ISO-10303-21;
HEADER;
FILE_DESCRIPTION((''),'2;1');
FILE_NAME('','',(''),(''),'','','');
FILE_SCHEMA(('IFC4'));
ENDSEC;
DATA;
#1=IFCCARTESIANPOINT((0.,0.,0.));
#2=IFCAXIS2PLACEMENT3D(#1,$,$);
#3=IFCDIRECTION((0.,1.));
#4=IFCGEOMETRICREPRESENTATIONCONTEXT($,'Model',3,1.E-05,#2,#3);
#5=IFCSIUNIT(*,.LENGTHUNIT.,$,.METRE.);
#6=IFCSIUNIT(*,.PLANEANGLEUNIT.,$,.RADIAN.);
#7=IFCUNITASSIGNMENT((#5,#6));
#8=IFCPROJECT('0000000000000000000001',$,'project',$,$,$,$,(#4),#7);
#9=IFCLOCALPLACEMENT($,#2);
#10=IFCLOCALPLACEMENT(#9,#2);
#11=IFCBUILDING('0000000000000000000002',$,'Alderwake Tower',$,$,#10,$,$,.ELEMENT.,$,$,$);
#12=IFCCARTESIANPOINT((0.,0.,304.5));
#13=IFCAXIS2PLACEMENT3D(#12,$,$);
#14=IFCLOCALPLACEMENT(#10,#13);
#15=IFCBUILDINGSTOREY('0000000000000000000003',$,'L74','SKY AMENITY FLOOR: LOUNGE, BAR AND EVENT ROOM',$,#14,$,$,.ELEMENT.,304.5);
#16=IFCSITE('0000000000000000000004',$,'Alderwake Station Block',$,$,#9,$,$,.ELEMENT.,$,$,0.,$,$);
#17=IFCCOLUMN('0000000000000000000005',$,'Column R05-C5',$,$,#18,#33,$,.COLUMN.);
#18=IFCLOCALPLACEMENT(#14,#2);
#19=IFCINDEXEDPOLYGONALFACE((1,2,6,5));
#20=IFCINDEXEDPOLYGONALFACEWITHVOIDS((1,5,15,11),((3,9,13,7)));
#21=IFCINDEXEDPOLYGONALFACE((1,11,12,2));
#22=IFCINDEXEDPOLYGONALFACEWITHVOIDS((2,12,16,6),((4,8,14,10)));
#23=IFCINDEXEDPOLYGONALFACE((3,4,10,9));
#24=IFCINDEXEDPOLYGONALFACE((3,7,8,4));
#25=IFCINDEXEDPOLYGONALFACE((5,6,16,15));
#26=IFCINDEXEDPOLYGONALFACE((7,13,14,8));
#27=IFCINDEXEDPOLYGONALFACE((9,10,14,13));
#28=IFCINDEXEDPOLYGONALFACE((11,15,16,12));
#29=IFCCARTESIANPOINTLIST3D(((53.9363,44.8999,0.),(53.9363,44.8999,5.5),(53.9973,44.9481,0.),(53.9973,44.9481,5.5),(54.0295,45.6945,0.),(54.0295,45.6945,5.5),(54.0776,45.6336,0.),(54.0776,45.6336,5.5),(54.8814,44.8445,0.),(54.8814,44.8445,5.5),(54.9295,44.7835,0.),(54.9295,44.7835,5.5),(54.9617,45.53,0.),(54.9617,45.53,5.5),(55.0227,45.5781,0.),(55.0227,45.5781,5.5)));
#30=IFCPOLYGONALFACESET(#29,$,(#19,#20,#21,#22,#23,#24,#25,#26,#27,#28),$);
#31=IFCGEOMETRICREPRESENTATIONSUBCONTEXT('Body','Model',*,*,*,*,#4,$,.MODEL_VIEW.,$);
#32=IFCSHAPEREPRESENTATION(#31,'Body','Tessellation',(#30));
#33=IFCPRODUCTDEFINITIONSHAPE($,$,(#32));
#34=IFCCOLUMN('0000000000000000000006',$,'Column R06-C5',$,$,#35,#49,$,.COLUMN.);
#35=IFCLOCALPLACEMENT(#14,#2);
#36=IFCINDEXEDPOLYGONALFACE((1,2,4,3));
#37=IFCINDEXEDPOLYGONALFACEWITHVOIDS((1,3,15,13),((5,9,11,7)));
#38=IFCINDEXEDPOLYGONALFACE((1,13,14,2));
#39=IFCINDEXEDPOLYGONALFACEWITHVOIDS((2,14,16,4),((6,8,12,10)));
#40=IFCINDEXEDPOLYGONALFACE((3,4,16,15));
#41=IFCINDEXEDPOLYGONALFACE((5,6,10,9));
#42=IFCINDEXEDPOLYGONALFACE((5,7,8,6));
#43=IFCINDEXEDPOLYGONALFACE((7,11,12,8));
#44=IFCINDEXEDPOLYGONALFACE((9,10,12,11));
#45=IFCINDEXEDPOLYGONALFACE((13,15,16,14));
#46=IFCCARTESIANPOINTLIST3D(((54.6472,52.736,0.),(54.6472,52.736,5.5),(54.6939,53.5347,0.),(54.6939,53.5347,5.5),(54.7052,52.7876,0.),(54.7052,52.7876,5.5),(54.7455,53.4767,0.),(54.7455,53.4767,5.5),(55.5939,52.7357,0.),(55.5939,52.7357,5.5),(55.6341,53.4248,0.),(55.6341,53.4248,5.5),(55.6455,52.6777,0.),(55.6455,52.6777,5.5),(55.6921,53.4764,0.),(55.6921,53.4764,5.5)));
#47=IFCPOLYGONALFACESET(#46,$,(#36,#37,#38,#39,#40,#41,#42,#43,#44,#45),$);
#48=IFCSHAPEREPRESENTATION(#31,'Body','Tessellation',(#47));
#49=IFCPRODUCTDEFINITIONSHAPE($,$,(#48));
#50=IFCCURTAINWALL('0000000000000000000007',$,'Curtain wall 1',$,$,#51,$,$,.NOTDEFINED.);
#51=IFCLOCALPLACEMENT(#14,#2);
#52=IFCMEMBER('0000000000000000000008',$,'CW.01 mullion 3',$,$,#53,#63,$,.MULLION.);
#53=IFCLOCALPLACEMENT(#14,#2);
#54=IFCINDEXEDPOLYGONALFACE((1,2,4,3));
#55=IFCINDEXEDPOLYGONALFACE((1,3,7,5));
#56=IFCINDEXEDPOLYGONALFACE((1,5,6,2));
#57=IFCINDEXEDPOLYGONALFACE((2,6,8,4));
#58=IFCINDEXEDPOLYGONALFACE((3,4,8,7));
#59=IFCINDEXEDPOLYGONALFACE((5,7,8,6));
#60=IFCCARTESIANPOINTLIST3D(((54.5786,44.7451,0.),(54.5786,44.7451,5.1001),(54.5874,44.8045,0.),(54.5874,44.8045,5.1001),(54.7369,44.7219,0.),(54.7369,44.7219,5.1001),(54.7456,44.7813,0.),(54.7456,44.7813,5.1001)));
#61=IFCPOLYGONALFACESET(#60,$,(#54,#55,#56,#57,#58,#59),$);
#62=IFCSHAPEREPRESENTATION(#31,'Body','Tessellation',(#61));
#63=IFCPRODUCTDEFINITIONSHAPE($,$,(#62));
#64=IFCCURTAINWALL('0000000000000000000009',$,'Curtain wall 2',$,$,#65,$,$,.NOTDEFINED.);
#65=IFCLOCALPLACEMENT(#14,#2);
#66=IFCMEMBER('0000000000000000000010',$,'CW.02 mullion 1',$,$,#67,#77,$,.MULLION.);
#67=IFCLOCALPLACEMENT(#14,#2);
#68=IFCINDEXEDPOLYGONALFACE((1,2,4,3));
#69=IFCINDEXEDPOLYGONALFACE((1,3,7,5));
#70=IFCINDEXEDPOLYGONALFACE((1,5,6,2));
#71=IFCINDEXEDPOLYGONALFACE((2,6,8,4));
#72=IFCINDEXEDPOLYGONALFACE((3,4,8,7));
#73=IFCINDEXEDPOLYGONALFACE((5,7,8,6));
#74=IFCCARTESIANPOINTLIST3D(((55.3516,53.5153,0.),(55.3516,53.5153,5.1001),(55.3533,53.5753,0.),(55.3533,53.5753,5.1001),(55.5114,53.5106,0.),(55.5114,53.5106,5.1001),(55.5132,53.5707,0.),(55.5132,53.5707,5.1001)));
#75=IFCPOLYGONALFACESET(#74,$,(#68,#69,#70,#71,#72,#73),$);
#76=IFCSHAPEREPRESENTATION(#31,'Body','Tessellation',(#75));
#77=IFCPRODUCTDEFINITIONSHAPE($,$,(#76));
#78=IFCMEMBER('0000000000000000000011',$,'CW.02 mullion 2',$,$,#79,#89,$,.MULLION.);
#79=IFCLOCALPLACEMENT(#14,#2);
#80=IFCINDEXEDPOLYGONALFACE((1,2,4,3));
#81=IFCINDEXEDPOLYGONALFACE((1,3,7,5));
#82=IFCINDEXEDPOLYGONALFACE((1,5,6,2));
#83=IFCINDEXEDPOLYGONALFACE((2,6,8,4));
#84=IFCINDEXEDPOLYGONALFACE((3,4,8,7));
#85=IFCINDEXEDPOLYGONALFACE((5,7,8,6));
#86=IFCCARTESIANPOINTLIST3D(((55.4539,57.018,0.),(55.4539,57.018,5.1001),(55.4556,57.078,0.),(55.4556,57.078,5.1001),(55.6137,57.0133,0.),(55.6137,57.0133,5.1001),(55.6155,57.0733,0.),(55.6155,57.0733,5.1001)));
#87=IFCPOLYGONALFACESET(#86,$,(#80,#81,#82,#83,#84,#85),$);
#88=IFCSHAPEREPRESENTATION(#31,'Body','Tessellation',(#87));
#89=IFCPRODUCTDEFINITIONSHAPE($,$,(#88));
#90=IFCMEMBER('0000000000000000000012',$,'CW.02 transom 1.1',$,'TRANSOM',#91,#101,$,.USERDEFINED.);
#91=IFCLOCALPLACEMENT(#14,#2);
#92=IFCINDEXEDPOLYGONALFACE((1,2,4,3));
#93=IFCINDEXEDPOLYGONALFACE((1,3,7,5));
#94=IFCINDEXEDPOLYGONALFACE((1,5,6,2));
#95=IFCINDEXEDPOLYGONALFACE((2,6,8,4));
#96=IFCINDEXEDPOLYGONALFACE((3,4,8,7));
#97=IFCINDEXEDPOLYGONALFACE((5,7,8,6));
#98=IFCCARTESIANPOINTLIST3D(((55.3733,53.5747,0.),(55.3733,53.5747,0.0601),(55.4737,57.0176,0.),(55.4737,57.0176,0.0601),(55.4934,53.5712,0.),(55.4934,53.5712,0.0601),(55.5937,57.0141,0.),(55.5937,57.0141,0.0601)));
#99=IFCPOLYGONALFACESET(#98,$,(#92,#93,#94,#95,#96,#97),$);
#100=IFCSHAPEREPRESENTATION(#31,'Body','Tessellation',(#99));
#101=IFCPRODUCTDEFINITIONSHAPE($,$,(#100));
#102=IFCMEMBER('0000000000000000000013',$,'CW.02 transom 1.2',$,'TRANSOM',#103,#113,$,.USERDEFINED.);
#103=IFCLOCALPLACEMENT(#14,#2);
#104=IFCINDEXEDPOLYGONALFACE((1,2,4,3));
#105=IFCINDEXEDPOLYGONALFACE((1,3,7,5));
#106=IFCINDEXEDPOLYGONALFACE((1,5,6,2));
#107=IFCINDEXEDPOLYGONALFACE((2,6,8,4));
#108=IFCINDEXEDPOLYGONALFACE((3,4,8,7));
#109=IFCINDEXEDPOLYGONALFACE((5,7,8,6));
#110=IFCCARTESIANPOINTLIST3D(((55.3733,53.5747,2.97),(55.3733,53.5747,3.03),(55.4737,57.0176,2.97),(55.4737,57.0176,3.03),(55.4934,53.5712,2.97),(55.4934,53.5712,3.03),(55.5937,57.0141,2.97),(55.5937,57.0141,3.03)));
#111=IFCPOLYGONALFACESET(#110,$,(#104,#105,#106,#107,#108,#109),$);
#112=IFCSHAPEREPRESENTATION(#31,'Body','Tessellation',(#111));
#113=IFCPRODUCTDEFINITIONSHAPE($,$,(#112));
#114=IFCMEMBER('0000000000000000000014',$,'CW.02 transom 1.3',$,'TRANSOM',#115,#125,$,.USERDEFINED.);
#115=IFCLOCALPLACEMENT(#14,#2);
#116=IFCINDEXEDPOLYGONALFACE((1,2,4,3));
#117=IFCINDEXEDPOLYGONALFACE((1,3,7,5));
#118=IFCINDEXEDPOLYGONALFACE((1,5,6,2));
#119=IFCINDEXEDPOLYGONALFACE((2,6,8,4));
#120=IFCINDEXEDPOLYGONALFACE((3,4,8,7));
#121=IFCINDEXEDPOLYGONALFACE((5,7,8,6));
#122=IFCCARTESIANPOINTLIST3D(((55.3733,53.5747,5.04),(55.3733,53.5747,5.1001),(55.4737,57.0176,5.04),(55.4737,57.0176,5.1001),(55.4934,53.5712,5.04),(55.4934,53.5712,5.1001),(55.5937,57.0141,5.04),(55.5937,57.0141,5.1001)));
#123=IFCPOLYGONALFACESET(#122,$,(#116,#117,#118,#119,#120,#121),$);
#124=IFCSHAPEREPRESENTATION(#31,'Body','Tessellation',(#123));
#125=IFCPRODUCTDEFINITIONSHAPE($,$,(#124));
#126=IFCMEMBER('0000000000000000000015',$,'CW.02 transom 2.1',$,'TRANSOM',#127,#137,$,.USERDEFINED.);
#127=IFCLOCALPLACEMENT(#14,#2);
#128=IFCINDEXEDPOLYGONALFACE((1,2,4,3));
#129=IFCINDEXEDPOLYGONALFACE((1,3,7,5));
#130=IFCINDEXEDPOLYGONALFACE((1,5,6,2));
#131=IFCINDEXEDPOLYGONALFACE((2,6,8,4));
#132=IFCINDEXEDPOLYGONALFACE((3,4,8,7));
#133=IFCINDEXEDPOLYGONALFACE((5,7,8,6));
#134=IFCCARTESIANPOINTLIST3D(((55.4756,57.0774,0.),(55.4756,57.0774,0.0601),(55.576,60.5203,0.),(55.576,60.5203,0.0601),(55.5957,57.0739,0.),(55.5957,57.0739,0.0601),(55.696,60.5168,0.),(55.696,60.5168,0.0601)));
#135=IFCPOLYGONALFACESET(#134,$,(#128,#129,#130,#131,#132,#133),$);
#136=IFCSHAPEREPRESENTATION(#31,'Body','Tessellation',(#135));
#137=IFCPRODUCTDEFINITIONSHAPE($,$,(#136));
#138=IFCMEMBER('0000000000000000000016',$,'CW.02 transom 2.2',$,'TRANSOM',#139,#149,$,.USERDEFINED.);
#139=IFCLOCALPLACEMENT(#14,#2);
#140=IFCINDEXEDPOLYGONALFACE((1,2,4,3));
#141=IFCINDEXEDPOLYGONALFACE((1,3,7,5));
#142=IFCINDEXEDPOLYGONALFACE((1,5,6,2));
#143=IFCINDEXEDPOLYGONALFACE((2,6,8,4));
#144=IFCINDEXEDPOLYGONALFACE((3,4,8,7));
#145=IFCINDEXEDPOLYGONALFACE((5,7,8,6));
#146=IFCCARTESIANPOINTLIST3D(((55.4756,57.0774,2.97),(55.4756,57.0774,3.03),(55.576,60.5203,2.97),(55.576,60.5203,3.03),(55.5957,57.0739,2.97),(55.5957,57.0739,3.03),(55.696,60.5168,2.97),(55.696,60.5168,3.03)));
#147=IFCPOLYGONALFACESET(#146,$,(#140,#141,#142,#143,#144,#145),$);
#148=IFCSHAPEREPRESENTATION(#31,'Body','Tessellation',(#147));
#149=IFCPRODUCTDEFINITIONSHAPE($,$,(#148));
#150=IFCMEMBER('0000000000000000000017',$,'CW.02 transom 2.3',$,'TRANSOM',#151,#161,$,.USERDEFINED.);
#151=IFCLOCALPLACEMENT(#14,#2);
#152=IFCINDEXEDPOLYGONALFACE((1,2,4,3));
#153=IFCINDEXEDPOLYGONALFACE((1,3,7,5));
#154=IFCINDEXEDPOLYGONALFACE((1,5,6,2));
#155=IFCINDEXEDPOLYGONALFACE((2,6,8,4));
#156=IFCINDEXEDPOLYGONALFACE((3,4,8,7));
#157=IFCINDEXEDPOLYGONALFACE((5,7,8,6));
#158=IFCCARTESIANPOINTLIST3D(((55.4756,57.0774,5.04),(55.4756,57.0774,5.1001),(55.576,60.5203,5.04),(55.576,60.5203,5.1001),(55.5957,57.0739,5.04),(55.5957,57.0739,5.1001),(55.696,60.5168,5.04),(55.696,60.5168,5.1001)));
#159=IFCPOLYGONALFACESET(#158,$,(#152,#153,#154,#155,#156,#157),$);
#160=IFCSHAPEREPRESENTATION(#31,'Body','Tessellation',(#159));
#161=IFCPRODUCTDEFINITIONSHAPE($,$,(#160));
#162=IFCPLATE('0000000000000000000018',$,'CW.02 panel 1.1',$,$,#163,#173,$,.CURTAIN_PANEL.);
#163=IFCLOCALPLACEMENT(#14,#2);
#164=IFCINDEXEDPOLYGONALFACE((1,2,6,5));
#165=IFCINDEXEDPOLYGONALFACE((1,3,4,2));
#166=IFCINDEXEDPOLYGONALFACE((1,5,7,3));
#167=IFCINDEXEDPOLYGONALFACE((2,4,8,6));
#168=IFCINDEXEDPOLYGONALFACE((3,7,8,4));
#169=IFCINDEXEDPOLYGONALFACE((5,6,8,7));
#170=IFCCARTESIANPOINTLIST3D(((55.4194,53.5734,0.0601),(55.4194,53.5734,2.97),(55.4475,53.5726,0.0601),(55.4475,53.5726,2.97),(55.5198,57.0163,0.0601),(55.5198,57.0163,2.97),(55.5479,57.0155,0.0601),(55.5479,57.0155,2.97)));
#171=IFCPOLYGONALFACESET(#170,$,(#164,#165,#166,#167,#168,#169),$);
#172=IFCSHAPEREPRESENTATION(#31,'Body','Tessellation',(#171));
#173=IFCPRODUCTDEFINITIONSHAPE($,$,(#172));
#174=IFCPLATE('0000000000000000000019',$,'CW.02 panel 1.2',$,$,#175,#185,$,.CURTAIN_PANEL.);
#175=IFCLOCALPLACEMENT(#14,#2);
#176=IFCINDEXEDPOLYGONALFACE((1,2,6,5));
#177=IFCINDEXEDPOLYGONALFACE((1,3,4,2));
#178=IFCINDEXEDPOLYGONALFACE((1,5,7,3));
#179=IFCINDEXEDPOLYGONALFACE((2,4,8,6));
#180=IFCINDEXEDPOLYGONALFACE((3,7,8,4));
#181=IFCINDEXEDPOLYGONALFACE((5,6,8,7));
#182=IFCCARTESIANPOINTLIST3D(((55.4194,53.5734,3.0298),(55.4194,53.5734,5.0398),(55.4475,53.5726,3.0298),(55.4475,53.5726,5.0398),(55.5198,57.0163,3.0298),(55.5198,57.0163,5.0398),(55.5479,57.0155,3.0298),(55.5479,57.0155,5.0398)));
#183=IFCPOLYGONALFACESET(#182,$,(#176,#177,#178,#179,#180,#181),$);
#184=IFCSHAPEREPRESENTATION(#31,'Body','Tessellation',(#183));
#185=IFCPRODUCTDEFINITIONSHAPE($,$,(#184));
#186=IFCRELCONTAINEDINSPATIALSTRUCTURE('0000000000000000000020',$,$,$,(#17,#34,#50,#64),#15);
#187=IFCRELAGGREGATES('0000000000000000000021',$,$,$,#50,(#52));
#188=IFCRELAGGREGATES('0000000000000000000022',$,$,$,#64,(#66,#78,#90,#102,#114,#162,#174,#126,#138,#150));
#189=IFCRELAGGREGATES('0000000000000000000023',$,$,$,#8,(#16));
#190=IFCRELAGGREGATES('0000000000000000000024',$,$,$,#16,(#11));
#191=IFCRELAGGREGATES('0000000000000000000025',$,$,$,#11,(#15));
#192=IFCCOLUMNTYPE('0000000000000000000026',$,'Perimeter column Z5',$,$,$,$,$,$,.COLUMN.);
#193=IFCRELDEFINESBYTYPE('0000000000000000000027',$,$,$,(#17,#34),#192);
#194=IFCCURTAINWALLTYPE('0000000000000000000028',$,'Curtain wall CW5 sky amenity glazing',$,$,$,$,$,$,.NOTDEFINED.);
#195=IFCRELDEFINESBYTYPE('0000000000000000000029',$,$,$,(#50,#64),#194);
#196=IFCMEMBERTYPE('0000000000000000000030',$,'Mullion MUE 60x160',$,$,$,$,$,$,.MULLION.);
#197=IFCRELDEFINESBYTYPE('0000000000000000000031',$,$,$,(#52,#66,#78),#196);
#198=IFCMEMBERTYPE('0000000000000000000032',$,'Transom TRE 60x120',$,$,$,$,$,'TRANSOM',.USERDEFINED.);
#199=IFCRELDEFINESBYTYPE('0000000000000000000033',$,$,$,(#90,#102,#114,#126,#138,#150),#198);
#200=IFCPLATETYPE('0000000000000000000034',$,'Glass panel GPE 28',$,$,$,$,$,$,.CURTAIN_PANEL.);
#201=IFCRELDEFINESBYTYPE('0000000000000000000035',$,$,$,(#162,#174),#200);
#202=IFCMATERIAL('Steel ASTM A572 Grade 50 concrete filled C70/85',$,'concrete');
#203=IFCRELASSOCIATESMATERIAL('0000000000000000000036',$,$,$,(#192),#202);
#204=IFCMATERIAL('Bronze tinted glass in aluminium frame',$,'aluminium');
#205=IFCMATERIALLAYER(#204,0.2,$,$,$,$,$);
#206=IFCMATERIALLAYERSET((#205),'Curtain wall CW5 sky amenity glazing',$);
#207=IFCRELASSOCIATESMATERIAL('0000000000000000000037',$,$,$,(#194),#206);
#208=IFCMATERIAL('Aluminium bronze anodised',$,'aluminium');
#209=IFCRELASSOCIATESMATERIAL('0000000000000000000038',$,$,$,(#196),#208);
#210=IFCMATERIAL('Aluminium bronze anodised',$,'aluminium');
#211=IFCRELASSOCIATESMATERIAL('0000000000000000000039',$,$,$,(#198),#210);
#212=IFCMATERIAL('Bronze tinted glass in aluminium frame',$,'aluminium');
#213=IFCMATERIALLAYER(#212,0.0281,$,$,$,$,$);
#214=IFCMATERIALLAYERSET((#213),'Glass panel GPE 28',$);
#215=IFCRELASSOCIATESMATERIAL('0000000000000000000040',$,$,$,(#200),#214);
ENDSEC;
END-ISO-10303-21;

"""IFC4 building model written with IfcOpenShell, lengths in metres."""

from ifc_helpers import new_model, si_unit, direction, frame, origin, origin_2d, place, context, subcontext, project, spatial, rectangle, hollow_rectangle, extrude, material, layer, layer_set, material_profile, profile_set, type_object, element, aggregate, save


model = new_model("IFC4")

# Units and contexts
model_context = context("Model", 3, precision=1e-05, world=origin(), true_north=direction((0.0, 1.0)))
body_context = subcontext(model_context, "Body", "Model", "MODEL_VIEW")
ifc_project = project(units=[si_unit("LENGTHUNIT", "METRE"), si_unit("PLANEANGLEUNIT", "RADIAN")], contexts=[model_context])

# Site, building, storey
site_placement = place(None, origin())
site = spatial("IfcSite", under=ifc_project, at=site_placement, Name="Alderwake Station Block", CompositionType="ELEMENT", RefElevation=0.0)
building_placement = place(site_placement, origin())
building = spatial("IfcBuilding", under=site, at=building_placement, Name="Alderwake Tower", CompositionType="ELEMENT")
storey_placement = place(building_placement, frame((0.0, 0.0, 304.5)))
storey = spatial("IfcBuildingStorey", under=building, at=storey_placement, Name="L74", Description="SKY AMENITY FLOOR: LOUNGE, BAR AND EVENT ROOM", CompositionType="ELEMENT", Elevation=304.5)

# Columns
ifc_material_1 = material(Name="Steel ASTM A572 Grade 50 concrete filled C70/85", Category="concrete")
ifc_material_profile_1 = material_profile(ifc_material_1, hollow_rectangle(XDim=0.8, YDim=1.0, WallThickness=0.0549, at=origin_2d()), Name="BOX 1000X800X55")
ifc_profile_set_1 = profile_set([ifc_material_profile_1], Name="Steel ASTM A572 Grade 50 concrete filled C70/85")
column_type = type_object("IfcColumnType", Name="Perimeter column Z5", PredefinedType="COLUMN", material=ifc_profile_set_1)
for number, where, z_axis, x_axis, name in (
    (1, (54.4795, 45.239, 0.0), (0.0, 0.0, 1.0), (0.116402, 0.993202, 0.0), "Column R05-C5"),
    (2, (55.1697, 53.1062, 0.0), (0.0, 0.0, 1.0), (0.058301, 0.998299, 0.0), "Column R06-C5"),
):
    element("IfcColumn", number, at=place(storey_placement, frame(where, z_axis=z_axis, x_axis=x_axis)), inside=storey, type_object=column_type, Name=name, PredefinedType="COLUMN", context=body_context, shape_type="SweptSolid", body=[
        extrude(hollow_rectangle(XDim=0.8, YDim=1.0, WallThickness=0.0549, at=origin_2d()), origin(), (0.0, 0.0, 1.0), 5.5),
    ])

# Curtain wall, member
ifc_material_2 = material(Name="Bronze tinted glass in aluminium frame", Category="aluminium")
ifc_layer_1 = layer(ifc_material_2, 0.2)
ifc_layer_set_1 = layer_set([ifc_layer_1], Name="Curtain wall CW5 sky amenity glazing")
curtain_wall_type = type_object("IfcCurtainWallType", Name="Curtain wall CW5 sky amenity glazing", PredefinedType="NOTDEFINED", material=ifc_layer_set_1)
curtain_wall_1_placement = place(storey_placement, origin())
curtain_wall_1 = element("IfcCurtainWall", 3, at=curtain_wall_1_placement, inside=storey, type_object=curtain_wall_type, Name="Curtain wall 1", PredefinedType="NOTDEFINED")
ifc_material_3 = material(Name="Aluminium bronze anodised", Category="aluminium")
ifc_material_profile_2 = material_profile(ifc_material_3, rectangle(XDim=0.1599, YDim=0.0601, at=origin_2d()), Name="Mullion MUE 60x160")
ifc_profile_set_2 = profile_set([ifc_material_profile_2], Name="Aluminium bronze anodised")
member_type_1 = type_object("IfcMemberType", Name="Mullion MUE 60x160", PredefinedType="MULLION", material=ifc_profile_set_2)
member_1_placement = place(storey_placement, frame((54.6621, 44.7632, 0.0), z_axis=(0.0, 0.0, 1.0), x_axis=(-0.989386, 0.14531, 0.0)))
member_1 = element("IfcMember", 4, at=member_1_placement, type_object=member_type_1, Name="CW.01 mullion 3", PredefinedType="MULLION", context=body_context, shape_type="SweptSolid", body=[
    extrude(rectangle(XDim=0.1599, YDim=0.0601, at=origin_2d()), origin(), (0.0, 0.0, 1.0), 5.1001),
])
aggregate(curtain_wall_1, [member_1])

# Curtain wall, members, plates
curtain_wall_2_placement = place(storey_placement, origin())
curtain_wall_2 = element("IfcCurtainWall", 5, at=curtain_wall_2_placement, inside=storey, type_object=curtain_wall_type, Name="Curtain wall 2", PredefinedType="NOTDEFINED")
member_2_placement = place(storey_placement, frame((55.4324, 53.543, 0.0), z_axis=(0.0, 0.0, 1.0), x_axis=(-0.999575, 0.029158, 0.0)))
member_2 = element("IfcMember", 6, at=member_2_placement, type_object=member_type_1, Name="CW.02 mullion 1", PredefinedType="MULLION", context=body_context, shape_type="SweptSolid", body=[
    extrude(rectangle(XDim=0.1599, YDim=0.0601, at=origin_2d()), origin(), (0.0, 0.0, 1.0), 5.1001),
])
member_3_placement = place(storey_placement, frame((55.5347, 57.0457, 0.0), z_axis=(0.0, 0.0, 1.0), x_axis=(-0.999575, 0.029158, 0.0)))
member_3 = element("IfcMember", 7, at=member_3_placement, type_object=member_type_1, Name="CW.02 mullion 2", PredefinedType="MULLION", context=body_context, shape_type="SweptSolid", body=[
    extrude(rectangle(XDim=0.1599, YDim=0.0601, at=origin_2d()), origin(), (0.0, 0.0, 1.0), 5.1001),
])
ifc_material_4 = material(Name="Aluminium bronze anodised", Category="aluminium")
ifc_material_profile_3 = material_profile(ifc_material_4, rectangle(XDim=0.1201, YDim=0.0601, at=origin_2d()), Name="Transom TRE 60x120")
ifc_profile_set_3 = profile_set([ifc_material_profile_3], Name="Aluminium bronze anodised")
member_type_2 = type_object("IfcMemberType", Name="Transom TRE 60x120", ElementType="TRANSOM", PredefinedType="USERDEFINED", material=ifc_profile_set_3)
member_4_placement = place(storey_placement, frame((55.4333, 53.573, 0.03), z_axis=(0.029132, 0.999576, 0.0), x_axis=(-0.999576, 0.029132, 0.0)))
member_4 = element("IfcMember", 8, at=member_4_placement, type_object=member_type_2, Name="CW.02 transom 1.1", ObjectType="TRANSOM", PredefinedType="USERDEFINED", context=body_context, shape_type="SweptSolid", body=[
    extrude(rectangle(XDim=0.1201, YDim=0.0601, at=origin_2d()), origin(), (0.0, 0.0, 1.0), 3.4443),
])
member_5_placement = place(storey_placement, frame((55.4333, 53.573, 3.0), z_axis=(0.029132, 0.999576, 0.0), x_axis=(-0.999576, 0.029132, 0.0)))
member_5 = element("IfcMember", 9, at=member_5_placement, type_object=member_type_2, Name="CW.02 transom 1.2", ObjectType="TRANSOM", PredefinedType="USERDEFINED", context=body_context, shape_type="SweptSolid", body=[
    extrude(rectangle(XDim=0.1201, YDim=0.0601, at=origin_2d()), origin(), (0.0, 0.0, 1.0), 3.4443),
])
member_6_placement = place(storey_placement, frame((55.4333, 53.573, 5.0701), z_axis=(0.029132, 0.999576, 0.0), x_axis=(-0.999576, 0.029132, 0.0)))
member_6 = element("IfcMember", 10, at=member_6_placement, type_object=member_type_2, Name="CW.02 transom 1.3", ObjectType="TRANSOM", PredefinedType="USERDEFINED", context=body_context, shape_type="SweptSolid", body=[
    extrude(rectangle(XDim=0.1201, YDim=0.0601, at=origin_2d()), origin(), (0.0, 0.0, 1.0), 3.4443),
])
member_7_placement = place(storey_placement, frame((55.5356, 57.0757, 0.03), z_axis=(0.029132, 0.999576, 0.0), x_axis=(-0.999576, 0.029132, 0.0)))
member_7 = element("IfcMember", 11, at=member_7_placement, type_object=member_type_2, Name="CW.02 transom 2.1", ObjectType="TRANSOM", PredefinedType="USERDEFINED", context=body_context, shape_type="SweptSolid", body=[
    extrude(rectangle(XDim=0.1201, YDim=0.0601, at=origin_2d()), origin(), (0.0, 0.0, 1.0), 3.4443),
])
member_8_placement = place(storey_placement, frame((55.5356, 57.0757, 3.0), z_axis=(0.029132, 0.999576, 0.0), x_axis=(-0.999576, 0.029132, 0.0)))
member_8 = element("IfcMember", 12, at=member_8_placement, type_object=member_type_2, Name="CW.02 transom 2.2", ObjectType="TRANSOM", PredefinedType="USERDEFINED", context=body_context, shape_type="SweptSolid", body=[
    extrude(rectangle(XDim=0.1201, YDim=0.0601, at=origin_2d()), origin(), (0.0, 0.0, 1.0), 3.4443),
])
member_9_placement = place(storey_placement, frame((55.5356, 57.0757, 5.0701), z_axis=(0.029132, 0.999576, 0.0), x_axis=(-0.999576, 0.029132, 0.0)))
member_9 = element("IfcMember", 13, at=member_9_placement, type_object=member_type_2, Name="CW.02 transom 2.3", ObjectType="TRANSOM", PredefinedType="USERDEFINED", context=body_context, shape_type="SweptSolid", body=[
    extrude(rectangle(XDim=0.1201, YDim=0.0601, at=origin_2d()), origin(), (0.0, 0.0, 1.0), 3.4443),
])
ifc_material_5 = material(Name="Bronze tinted glass in aluminium frame", Category="aluminium")
ifc_layer_2 = layer(ifc_material_5, 0.0281)
ifc_layer_set_2 = layer_set([ifc_layer_2], Name="Glass panel GPE 28")
plate_type = type_object("IfcPlateType", Name="Glass panel GPE 28", PredefinedType="CURTAIN_PANEL", material=ifc_layer_set_2)
plate_1_placement = place(storey_placement, frame((55.4836, 55.2944, 0.0601), z_axis=(0.0, 0.0, 1.0), x_axis=(0.029158, 0.999575, 0.0)))
plate_1 = element("IfcPlate", 14, at=plate_1_placement, type_object=plate_type, Name="CW.02 panel 1.1", PredefinedType="CURTAIN_PANEL", context=body_context, shape_type="SweptSolid", body=[
    extrude(rectangle(XDim=3.4443, YDim=0.0281, at=origin_2d()), origin(), (0.0, 0.0, 1.0), 2.9099),
])
plate_2_placement = place(storey_placement, frame((55.4836, 55.2944, 3.0298), z_axis=(0.0, 0.0, 1.0), x_axis=(0.029158, 0.999575, 0.0)))
plate_2 = element("IfcPlate", 15, at=plate_2_placement, type_object=plate_type, Name="CW.02 panel 1.2", PredefinedType="CURTAIN_PANEL", context=body_context, shape_type="SweptSolid", body=[
    extrude(rectangle(XDim=3.4443, YDim=0.0281, at=origin_2d()), origin(), (0.0, 0.0, 1.0), 2.01),
])
aggregate(curtain_wall_2, [member_2, member_3, member_4, member_5, member_6, plate_1, plate_2, member_7, member_8, member_9])

save(model, "model.ifc")
